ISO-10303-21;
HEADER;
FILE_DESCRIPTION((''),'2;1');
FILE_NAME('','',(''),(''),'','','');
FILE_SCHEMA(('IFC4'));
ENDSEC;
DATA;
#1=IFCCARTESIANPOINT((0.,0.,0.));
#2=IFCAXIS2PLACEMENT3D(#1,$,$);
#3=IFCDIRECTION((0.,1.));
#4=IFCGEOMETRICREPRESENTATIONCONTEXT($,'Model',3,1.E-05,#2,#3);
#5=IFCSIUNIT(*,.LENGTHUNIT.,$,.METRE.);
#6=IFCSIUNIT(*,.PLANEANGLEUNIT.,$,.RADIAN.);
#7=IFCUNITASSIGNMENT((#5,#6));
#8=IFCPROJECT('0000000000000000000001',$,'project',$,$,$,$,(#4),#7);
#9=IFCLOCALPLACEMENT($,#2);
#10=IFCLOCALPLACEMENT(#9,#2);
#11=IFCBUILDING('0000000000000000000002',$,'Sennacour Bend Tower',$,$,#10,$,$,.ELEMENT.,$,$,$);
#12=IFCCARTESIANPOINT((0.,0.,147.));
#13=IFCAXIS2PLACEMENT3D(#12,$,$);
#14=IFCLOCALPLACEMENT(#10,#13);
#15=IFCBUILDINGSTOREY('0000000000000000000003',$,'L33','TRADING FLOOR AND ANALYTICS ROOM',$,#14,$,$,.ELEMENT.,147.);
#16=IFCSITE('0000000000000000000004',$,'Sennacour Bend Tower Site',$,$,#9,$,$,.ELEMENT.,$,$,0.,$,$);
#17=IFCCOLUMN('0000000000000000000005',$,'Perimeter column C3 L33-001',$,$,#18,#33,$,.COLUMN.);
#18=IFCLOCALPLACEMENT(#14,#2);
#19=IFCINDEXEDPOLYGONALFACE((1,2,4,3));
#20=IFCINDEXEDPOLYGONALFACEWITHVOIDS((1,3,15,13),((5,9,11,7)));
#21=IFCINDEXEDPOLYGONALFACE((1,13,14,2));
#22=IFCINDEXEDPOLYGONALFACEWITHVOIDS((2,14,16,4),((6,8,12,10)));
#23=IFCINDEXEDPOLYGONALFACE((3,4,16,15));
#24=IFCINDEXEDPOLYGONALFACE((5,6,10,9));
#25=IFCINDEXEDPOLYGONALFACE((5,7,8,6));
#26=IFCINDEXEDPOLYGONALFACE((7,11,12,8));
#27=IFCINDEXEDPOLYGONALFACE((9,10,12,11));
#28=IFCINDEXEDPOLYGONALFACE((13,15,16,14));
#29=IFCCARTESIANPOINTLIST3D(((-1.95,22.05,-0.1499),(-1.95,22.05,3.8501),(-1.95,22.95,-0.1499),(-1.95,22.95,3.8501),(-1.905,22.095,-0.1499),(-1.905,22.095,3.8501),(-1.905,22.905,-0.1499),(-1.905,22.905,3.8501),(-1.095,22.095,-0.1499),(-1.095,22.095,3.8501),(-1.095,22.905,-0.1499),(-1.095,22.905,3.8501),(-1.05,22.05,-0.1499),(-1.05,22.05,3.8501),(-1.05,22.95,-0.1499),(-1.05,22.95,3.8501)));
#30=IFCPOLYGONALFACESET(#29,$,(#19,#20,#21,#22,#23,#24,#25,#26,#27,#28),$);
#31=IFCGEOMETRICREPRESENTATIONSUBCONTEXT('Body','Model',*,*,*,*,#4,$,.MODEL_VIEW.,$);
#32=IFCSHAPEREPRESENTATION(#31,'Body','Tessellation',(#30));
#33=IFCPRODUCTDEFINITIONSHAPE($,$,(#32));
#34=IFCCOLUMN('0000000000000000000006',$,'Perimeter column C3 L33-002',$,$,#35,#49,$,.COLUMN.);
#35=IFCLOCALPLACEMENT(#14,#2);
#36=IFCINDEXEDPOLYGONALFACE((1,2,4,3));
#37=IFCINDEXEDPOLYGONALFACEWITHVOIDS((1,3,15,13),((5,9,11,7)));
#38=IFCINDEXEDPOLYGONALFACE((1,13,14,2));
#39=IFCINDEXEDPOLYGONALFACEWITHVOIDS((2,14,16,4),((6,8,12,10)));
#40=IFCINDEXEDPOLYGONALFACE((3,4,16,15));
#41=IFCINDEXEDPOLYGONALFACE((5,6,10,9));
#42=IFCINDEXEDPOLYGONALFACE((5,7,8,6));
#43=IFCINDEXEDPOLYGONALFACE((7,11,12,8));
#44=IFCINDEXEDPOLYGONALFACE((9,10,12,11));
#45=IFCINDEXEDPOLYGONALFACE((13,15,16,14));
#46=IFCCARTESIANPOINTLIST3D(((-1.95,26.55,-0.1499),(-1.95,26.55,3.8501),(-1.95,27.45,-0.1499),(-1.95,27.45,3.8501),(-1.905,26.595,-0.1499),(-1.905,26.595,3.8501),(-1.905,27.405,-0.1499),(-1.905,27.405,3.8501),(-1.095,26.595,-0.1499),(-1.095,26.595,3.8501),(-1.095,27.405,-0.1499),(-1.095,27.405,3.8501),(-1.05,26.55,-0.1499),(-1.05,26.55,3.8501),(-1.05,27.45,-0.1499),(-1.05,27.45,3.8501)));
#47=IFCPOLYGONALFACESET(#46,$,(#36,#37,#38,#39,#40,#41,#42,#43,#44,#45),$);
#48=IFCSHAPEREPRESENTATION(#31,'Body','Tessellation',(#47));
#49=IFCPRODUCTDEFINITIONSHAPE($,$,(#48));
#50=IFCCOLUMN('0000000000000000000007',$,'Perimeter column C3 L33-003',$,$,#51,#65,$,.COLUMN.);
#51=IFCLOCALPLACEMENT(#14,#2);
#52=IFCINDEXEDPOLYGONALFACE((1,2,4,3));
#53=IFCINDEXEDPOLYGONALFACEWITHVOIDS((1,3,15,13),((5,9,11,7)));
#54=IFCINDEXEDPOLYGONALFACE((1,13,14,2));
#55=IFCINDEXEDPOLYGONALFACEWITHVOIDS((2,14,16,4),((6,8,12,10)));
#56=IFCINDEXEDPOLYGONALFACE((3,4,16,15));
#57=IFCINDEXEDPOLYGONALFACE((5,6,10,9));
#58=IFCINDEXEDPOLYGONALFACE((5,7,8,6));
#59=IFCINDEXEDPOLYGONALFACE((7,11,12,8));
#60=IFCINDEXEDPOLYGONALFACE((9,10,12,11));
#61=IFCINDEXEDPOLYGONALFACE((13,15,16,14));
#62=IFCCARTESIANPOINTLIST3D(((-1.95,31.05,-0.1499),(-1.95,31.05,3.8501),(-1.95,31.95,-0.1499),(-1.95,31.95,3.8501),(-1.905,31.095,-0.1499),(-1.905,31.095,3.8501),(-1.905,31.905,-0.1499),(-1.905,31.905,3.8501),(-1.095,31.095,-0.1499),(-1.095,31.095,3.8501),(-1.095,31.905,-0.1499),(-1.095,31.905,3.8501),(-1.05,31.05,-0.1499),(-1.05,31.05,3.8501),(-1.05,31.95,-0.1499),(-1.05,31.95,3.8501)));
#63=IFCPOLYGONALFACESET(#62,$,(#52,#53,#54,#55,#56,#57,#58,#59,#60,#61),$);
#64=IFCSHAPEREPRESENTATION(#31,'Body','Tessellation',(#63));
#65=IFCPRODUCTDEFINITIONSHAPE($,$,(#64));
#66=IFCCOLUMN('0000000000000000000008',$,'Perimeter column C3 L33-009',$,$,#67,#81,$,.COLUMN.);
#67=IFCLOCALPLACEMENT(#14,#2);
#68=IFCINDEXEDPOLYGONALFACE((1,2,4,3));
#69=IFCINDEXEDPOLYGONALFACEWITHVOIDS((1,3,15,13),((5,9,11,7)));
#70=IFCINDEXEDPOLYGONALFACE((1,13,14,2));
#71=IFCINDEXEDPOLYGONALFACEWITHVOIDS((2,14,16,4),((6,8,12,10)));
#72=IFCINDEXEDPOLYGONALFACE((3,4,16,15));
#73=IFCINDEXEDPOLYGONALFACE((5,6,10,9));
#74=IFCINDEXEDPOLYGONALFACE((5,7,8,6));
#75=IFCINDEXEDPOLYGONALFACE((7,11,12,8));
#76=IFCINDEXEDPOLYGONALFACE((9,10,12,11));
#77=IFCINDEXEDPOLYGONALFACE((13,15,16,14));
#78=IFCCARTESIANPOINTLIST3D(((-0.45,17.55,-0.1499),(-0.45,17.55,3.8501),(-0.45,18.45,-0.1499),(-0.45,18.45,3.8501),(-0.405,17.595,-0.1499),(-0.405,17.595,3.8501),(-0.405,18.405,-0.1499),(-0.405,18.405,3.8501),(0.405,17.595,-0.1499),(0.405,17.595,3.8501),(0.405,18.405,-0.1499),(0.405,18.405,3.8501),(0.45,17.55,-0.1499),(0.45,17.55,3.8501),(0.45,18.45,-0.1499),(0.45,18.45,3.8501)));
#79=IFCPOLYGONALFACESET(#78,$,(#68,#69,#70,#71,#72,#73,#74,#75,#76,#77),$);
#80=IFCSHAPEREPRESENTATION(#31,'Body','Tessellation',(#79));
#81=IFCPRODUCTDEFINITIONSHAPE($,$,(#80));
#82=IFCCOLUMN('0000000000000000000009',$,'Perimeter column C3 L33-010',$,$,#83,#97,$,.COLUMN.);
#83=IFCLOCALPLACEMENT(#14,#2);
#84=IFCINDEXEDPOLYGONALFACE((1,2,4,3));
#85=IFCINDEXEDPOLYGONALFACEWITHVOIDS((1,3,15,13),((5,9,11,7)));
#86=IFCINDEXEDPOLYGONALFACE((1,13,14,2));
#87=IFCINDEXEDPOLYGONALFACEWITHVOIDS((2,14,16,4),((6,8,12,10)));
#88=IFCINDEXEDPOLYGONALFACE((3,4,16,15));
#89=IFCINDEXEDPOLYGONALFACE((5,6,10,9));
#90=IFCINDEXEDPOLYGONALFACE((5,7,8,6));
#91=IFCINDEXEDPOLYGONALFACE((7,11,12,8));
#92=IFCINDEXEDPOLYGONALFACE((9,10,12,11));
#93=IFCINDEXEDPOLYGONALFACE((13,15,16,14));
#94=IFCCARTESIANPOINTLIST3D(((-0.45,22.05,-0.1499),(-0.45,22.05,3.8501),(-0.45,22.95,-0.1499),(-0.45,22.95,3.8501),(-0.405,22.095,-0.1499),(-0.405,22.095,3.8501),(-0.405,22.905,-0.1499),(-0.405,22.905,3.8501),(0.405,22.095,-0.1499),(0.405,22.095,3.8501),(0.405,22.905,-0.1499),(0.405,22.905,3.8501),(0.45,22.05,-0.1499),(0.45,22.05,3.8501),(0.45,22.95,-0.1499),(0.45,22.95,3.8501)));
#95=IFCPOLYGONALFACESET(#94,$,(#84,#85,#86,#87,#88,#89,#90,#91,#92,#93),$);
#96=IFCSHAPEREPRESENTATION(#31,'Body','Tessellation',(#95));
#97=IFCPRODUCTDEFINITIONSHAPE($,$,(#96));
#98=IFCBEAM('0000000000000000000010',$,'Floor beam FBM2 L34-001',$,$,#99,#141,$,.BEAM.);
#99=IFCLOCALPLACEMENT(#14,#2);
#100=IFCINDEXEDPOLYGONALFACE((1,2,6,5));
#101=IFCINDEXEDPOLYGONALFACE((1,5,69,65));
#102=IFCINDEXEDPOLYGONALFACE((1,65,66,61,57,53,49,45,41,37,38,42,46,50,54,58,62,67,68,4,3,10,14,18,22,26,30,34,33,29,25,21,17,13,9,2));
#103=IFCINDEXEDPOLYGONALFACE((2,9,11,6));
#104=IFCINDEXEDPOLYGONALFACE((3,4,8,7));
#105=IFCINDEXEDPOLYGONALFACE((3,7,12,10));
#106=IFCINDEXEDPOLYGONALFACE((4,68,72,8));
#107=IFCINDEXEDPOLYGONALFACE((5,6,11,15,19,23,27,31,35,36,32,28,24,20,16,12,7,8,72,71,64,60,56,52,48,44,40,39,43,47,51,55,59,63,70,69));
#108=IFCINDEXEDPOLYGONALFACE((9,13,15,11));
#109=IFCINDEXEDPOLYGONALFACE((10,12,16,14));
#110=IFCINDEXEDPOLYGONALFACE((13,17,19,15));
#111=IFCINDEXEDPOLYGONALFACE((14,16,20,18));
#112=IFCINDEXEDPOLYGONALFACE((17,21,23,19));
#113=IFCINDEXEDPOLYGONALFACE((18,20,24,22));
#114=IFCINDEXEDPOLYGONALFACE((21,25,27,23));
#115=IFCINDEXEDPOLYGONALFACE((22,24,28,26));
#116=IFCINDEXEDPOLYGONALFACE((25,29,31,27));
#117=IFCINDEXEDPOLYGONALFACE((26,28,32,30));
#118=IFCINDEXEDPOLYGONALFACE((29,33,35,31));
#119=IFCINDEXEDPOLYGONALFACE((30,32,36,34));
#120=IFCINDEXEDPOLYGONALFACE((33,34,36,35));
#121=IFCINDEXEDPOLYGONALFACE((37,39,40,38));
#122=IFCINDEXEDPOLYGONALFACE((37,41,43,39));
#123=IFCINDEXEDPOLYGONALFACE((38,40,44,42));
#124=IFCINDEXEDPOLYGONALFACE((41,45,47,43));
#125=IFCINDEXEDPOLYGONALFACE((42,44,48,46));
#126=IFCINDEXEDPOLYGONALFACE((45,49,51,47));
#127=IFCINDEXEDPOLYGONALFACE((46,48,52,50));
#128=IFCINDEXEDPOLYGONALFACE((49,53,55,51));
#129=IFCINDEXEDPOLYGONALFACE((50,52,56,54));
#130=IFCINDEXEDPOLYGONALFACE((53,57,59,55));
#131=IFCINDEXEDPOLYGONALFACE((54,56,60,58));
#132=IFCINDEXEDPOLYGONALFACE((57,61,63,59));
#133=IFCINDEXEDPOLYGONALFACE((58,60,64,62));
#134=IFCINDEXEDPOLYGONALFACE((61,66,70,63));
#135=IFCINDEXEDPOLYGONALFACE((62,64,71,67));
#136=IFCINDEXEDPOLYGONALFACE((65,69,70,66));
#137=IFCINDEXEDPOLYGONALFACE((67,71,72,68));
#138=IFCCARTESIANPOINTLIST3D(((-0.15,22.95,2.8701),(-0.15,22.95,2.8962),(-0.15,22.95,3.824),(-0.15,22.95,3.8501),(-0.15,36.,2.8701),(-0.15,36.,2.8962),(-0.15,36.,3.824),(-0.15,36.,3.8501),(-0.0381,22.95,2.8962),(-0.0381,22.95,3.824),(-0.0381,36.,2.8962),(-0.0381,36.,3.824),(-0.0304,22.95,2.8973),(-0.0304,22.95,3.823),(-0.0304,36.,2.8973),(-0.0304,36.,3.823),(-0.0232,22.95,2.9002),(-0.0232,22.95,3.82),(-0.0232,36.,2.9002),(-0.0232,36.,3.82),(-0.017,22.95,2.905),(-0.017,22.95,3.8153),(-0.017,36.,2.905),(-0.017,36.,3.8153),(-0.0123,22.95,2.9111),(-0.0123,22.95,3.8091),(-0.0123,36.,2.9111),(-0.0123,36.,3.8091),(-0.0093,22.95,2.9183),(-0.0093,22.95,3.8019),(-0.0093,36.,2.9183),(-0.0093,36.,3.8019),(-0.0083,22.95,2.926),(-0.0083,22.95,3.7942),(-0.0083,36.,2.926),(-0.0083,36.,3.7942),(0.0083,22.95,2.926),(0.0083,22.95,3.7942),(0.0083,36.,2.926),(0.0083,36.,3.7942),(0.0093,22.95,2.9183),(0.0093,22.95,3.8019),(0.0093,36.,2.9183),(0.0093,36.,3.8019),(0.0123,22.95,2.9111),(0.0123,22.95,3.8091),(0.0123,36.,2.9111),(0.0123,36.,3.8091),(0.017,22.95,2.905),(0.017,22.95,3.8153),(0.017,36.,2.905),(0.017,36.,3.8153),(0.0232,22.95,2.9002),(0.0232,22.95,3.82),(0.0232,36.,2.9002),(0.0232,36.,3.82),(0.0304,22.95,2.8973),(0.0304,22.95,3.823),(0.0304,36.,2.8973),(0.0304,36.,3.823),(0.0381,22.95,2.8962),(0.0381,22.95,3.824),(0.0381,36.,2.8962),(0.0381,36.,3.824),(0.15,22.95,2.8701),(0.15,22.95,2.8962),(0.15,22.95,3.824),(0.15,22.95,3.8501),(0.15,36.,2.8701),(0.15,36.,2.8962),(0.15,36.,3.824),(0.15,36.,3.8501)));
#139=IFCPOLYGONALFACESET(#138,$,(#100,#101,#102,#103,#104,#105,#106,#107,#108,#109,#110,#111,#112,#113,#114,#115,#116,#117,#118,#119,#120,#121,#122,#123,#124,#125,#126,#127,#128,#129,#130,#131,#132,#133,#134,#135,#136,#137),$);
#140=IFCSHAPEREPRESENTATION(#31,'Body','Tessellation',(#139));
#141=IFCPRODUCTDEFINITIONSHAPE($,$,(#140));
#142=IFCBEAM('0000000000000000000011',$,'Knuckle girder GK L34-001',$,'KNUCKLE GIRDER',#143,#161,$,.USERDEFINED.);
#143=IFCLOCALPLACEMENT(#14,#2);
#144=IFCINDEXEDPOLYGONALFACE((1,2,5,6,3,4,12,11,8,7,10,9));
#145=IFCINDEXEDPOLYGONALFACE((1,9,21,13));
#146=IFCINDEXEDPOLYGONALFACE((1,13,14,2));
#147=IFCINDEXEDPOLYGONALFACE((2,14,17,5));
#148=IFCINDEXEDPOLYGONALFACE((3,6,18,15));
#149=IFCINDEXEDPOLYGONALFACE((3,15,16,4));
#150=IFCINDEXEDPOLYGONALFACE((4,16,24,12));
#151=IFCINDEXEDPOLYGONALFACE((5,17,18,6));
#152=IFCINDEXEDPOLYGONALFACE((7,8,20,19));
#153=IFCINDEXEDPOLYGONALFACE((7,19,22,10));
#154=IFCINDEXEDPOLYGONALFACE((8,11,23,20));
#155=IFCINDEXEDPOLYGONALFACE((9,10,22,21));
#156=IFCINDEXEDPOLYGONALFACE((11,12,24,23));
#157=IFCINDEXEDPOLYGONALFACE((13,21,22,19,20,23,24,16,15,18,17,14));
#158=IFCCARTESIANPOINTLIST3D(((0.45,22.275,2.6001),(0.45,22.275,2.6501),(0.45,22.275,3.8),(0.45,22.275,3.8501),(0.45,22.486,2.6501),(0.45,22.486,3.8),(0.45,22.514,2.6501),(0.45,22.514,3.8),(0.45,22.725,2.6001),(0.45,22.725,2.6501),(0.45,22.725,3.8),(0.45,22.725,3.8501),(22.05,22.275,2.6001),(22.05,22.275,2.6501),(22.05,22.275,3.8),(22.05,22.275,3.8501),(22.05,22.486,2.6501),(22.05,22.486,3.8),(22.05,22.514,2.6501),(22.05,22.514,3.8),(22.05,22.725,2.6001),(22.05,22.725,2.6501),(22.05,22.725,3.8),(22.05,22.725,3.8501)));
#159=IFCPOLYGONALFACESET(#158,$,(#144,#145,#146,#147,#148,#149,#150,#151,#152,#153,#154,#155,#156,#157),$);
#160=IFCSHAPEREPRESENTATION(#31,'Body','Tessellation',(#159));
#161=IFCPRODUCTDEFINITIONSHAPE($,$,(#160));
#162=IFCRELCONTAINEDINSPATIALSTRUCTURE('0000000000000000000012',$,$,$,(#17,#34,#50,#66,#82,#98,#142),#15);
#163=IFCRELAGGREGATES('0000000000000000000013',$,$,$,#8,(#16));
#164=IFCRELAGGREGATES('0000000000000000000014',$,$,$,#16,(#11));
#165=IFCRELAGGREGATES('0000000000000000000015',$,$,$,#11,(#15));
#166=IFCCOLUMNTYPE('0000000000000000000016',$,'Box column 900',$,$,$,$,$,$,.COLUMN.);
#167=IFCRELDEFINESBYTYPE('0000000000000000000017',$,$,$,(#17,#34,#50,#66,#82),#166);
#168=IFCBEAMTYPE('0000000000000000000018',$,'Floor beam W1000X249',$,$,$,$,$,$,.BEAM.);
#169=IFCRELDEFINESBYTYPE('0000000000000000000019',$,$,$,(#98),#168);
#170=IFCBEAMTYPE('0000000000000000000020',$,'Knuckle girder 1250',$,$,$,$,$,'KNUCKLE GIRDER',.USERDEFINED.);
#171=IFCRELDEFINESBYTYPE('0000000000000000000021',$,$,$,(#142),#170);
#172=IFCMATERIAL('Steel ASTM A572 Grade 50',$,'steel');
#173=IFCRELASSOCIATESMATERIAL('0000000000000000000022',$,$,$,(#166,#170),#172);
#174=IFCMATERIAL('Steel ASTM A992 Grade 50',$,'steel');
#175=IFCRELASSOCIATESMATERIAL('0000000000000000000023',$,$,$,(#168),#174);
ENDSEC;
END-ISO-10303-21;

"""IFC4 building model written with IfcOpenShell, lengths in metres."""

from ifc_helpers import new_model, si_unit, direction, frame, origin, origin_2d, place, context, subcontext, project, spatial, hollow_rectangle, i_section, extrude, material, material_profile, profile_set, type_object, element, save


model = new_model("IFC4")

# Units and contexts
model_context = context("Model", 3, precision=1e-05, world=origin(), true_north=direction((0.0, 1.0)))
body_context = subcontext(model_context, "Body", "Model", "MODEL_VIEW")
ifc_project = project(units=[si_unit("LENGTHUNIT", "METRE"), si_unit("PLANEANGLEUNIT", "RADIAN")], contexts=[model_context])

# Site, building, storey
site_placement = place(None, origin())
site = spatial("IfcSite", under=ifc_project, at=site_placement, Name="Sennacour Bend Tower Site", CompositionType="ELEMENT", RefElevation=0.0)
building_placement = place(site_placement, origin())
building = spatial("IfcBuilding", under=site, at=building_placement, Name="Sennacour Bend Tower", CompositionType="ELEMENT")
storey_placement = place(building_placement, frame((0.0, 0.0, 147.0)))
storey = spatial("IfcBuildingStorey", under=building, at=storey_placement, Name="L33", Description="TRADING FLOOR AND ANALYTICS ROOM", CompositionType="ELEMENT", Elevation=147.0)

# Columns
ifc_material_1 = material(Name="Steel ASTM A572 Grade 50", Category="steel")
ifc_material_profile_1 = material_profile(ifc_material_1, hollow_rectangle(XDim=0.8999, YDim=0.8999, WallThickness=0.0449, at=origin_2d()), Name="Steel ASTM A572 Grade 50", Category="steel")
ifc_profile_set_1 = profile_set([ifc_material_profile_1], Name="Steel ASTM A572 Grade 50")
column_type = type_object("IfcColumnType", Name="Box column 900", PredefinedType="COLUMN", material=ifc_profile_set_1)
for number, where, z_axis, x_axis, name in (
    (1, (-1.5, 22.5, -0.1499), (0.0, 0.0, 1.0), (1.0, 0.0, 0.0), "Perimeter column C3 L33-001"),
    (2, (-1.5, 27.0, -0.1499), (0.0, 0.0, 1.0), (1.0, 0.0, 0.0), "Perimeter column C3 L33-002"),
    (3, (-1.5, 31.5, -0.1499), (0.0, 0.0, 1.0), (1.0, 0.0, 0.0), "Perimeter column C3 L33-003"),
    (4, (0.0, 18.0, -0.1499), (0.0, 0.0, 1.0), (1.0, 0.0, 0.0), "Perimeter column C3 L33-009"),
    (5, (0.0, 22.5, -0.1499), (0.0, 0.0, 1.0), (1.0, 0.0, 0.0), "Perimeter column C3 L33-010"),
):
    element("IfcColumn", number, at=place(storey_placement, frame(where, z_axis=z_axis, x_axis=x_axis)), inside=storey, type_object=column_type, Name=name, PredefinedType="COLUMN", context=body_context, shape_type="SweptSolid", body=[
        extrude(hollow_rectangle(XDim=0.8999, YDim=0.8999, WallThickness=0.0449, at=origin_2d()), origin(), (0.0, 0.0, 1.0), 4.0),
    ])

# Beams
ifc_material_2 = material(Name="Steel ASTM A992 Grade 50", Category="steel")
ifc_material_profile_2 = material_profile(ifc_material_2, i_section(OverallWidth=0.3, OverallDepth=0.98, WebThickness=0.0166, FlangeThickness=0.0261, FilletRadius=0.0298, at=origin_2d()), Name="Steel ASTM A992 Grade 50", Category="steel")
ifc_profile_set_2 = profile_set([ifc_material_profile_2], Name="Steel ASTM A992 Grade 50")
beam_type_1 = type_object("IfcBeamType", Name="Floor beam W1000X249", PredefinedType="BEAM", material=ifc_profile_set_2)
beam_1_placement = place(storey_placement, frame((0.0, 22.95, 3.3601), z_axis=(0.0, 1.0, 0.0), x_axis=(-1.0, 0.0, 0.0)))
element("IfcBeam", 6, at=beam_1_placement, inside=storey, type_object=beam_type_1, Name="Floor beam FBM2 L34-001", PredefinedType="BEAM", context=body_context, shape_type="SweptSolid", body=[
    extrude(i_section(OverallWidth=0.3, OverallDepth=0.98, WebThickness=0.0166, FlangeThickness=0.0261, FilletRadius=0.0298, at=origin_2d()), origin(), (0.0, 0.0, 1.0), 13.05),
])
ifc_material_profile_3 = material_profile(ifc_material_1, i_section(OverallWidth=0.45, OverallDepth=1.25, WebThickness=0.0281, FlangeThickness=0.05, at=origin_2d()), Name="Steel ASTM A572 Grade 50", Category="steel")
ifc_profile_set_3 = profile_set([ifc_material_profile_3], Name="Steel ASTM A572 Grade 50")
beam_type_2 = type_object("IfcBeamType", Name="Knuckle girder 1250", ElementType="KNUCKLE GIRDER", PredefinedType="USERDEFINED", material=ifc_profile_set_3)
beam_2_placement = place(storey_placement, frame((0.45, 22.5, 3.2251), z_axis=(1.0, 0.0, 0.0), x_axis=(0.0, 1.0, 0.0)))
element("IfcBeam", 7, at=beam_2_placement, inside=storey, type_object=beam_type_2, Name="Knuckle girder GK L34-001", ObjectType="KNUCKLE GIRDER", PredefinedType="USERDEFINED", context=body_context, shape_type="SweptSolid", body=[
    extrude(i_section(OverallWidth=0.45, OverallDepth=1.25, WebThickness=0.0281, FlangeThickness=0.05, at=origin_2d()), origin(), (0.0, 0.0, 1.0), 21.6001),
])

save(model, "model.ifc")
